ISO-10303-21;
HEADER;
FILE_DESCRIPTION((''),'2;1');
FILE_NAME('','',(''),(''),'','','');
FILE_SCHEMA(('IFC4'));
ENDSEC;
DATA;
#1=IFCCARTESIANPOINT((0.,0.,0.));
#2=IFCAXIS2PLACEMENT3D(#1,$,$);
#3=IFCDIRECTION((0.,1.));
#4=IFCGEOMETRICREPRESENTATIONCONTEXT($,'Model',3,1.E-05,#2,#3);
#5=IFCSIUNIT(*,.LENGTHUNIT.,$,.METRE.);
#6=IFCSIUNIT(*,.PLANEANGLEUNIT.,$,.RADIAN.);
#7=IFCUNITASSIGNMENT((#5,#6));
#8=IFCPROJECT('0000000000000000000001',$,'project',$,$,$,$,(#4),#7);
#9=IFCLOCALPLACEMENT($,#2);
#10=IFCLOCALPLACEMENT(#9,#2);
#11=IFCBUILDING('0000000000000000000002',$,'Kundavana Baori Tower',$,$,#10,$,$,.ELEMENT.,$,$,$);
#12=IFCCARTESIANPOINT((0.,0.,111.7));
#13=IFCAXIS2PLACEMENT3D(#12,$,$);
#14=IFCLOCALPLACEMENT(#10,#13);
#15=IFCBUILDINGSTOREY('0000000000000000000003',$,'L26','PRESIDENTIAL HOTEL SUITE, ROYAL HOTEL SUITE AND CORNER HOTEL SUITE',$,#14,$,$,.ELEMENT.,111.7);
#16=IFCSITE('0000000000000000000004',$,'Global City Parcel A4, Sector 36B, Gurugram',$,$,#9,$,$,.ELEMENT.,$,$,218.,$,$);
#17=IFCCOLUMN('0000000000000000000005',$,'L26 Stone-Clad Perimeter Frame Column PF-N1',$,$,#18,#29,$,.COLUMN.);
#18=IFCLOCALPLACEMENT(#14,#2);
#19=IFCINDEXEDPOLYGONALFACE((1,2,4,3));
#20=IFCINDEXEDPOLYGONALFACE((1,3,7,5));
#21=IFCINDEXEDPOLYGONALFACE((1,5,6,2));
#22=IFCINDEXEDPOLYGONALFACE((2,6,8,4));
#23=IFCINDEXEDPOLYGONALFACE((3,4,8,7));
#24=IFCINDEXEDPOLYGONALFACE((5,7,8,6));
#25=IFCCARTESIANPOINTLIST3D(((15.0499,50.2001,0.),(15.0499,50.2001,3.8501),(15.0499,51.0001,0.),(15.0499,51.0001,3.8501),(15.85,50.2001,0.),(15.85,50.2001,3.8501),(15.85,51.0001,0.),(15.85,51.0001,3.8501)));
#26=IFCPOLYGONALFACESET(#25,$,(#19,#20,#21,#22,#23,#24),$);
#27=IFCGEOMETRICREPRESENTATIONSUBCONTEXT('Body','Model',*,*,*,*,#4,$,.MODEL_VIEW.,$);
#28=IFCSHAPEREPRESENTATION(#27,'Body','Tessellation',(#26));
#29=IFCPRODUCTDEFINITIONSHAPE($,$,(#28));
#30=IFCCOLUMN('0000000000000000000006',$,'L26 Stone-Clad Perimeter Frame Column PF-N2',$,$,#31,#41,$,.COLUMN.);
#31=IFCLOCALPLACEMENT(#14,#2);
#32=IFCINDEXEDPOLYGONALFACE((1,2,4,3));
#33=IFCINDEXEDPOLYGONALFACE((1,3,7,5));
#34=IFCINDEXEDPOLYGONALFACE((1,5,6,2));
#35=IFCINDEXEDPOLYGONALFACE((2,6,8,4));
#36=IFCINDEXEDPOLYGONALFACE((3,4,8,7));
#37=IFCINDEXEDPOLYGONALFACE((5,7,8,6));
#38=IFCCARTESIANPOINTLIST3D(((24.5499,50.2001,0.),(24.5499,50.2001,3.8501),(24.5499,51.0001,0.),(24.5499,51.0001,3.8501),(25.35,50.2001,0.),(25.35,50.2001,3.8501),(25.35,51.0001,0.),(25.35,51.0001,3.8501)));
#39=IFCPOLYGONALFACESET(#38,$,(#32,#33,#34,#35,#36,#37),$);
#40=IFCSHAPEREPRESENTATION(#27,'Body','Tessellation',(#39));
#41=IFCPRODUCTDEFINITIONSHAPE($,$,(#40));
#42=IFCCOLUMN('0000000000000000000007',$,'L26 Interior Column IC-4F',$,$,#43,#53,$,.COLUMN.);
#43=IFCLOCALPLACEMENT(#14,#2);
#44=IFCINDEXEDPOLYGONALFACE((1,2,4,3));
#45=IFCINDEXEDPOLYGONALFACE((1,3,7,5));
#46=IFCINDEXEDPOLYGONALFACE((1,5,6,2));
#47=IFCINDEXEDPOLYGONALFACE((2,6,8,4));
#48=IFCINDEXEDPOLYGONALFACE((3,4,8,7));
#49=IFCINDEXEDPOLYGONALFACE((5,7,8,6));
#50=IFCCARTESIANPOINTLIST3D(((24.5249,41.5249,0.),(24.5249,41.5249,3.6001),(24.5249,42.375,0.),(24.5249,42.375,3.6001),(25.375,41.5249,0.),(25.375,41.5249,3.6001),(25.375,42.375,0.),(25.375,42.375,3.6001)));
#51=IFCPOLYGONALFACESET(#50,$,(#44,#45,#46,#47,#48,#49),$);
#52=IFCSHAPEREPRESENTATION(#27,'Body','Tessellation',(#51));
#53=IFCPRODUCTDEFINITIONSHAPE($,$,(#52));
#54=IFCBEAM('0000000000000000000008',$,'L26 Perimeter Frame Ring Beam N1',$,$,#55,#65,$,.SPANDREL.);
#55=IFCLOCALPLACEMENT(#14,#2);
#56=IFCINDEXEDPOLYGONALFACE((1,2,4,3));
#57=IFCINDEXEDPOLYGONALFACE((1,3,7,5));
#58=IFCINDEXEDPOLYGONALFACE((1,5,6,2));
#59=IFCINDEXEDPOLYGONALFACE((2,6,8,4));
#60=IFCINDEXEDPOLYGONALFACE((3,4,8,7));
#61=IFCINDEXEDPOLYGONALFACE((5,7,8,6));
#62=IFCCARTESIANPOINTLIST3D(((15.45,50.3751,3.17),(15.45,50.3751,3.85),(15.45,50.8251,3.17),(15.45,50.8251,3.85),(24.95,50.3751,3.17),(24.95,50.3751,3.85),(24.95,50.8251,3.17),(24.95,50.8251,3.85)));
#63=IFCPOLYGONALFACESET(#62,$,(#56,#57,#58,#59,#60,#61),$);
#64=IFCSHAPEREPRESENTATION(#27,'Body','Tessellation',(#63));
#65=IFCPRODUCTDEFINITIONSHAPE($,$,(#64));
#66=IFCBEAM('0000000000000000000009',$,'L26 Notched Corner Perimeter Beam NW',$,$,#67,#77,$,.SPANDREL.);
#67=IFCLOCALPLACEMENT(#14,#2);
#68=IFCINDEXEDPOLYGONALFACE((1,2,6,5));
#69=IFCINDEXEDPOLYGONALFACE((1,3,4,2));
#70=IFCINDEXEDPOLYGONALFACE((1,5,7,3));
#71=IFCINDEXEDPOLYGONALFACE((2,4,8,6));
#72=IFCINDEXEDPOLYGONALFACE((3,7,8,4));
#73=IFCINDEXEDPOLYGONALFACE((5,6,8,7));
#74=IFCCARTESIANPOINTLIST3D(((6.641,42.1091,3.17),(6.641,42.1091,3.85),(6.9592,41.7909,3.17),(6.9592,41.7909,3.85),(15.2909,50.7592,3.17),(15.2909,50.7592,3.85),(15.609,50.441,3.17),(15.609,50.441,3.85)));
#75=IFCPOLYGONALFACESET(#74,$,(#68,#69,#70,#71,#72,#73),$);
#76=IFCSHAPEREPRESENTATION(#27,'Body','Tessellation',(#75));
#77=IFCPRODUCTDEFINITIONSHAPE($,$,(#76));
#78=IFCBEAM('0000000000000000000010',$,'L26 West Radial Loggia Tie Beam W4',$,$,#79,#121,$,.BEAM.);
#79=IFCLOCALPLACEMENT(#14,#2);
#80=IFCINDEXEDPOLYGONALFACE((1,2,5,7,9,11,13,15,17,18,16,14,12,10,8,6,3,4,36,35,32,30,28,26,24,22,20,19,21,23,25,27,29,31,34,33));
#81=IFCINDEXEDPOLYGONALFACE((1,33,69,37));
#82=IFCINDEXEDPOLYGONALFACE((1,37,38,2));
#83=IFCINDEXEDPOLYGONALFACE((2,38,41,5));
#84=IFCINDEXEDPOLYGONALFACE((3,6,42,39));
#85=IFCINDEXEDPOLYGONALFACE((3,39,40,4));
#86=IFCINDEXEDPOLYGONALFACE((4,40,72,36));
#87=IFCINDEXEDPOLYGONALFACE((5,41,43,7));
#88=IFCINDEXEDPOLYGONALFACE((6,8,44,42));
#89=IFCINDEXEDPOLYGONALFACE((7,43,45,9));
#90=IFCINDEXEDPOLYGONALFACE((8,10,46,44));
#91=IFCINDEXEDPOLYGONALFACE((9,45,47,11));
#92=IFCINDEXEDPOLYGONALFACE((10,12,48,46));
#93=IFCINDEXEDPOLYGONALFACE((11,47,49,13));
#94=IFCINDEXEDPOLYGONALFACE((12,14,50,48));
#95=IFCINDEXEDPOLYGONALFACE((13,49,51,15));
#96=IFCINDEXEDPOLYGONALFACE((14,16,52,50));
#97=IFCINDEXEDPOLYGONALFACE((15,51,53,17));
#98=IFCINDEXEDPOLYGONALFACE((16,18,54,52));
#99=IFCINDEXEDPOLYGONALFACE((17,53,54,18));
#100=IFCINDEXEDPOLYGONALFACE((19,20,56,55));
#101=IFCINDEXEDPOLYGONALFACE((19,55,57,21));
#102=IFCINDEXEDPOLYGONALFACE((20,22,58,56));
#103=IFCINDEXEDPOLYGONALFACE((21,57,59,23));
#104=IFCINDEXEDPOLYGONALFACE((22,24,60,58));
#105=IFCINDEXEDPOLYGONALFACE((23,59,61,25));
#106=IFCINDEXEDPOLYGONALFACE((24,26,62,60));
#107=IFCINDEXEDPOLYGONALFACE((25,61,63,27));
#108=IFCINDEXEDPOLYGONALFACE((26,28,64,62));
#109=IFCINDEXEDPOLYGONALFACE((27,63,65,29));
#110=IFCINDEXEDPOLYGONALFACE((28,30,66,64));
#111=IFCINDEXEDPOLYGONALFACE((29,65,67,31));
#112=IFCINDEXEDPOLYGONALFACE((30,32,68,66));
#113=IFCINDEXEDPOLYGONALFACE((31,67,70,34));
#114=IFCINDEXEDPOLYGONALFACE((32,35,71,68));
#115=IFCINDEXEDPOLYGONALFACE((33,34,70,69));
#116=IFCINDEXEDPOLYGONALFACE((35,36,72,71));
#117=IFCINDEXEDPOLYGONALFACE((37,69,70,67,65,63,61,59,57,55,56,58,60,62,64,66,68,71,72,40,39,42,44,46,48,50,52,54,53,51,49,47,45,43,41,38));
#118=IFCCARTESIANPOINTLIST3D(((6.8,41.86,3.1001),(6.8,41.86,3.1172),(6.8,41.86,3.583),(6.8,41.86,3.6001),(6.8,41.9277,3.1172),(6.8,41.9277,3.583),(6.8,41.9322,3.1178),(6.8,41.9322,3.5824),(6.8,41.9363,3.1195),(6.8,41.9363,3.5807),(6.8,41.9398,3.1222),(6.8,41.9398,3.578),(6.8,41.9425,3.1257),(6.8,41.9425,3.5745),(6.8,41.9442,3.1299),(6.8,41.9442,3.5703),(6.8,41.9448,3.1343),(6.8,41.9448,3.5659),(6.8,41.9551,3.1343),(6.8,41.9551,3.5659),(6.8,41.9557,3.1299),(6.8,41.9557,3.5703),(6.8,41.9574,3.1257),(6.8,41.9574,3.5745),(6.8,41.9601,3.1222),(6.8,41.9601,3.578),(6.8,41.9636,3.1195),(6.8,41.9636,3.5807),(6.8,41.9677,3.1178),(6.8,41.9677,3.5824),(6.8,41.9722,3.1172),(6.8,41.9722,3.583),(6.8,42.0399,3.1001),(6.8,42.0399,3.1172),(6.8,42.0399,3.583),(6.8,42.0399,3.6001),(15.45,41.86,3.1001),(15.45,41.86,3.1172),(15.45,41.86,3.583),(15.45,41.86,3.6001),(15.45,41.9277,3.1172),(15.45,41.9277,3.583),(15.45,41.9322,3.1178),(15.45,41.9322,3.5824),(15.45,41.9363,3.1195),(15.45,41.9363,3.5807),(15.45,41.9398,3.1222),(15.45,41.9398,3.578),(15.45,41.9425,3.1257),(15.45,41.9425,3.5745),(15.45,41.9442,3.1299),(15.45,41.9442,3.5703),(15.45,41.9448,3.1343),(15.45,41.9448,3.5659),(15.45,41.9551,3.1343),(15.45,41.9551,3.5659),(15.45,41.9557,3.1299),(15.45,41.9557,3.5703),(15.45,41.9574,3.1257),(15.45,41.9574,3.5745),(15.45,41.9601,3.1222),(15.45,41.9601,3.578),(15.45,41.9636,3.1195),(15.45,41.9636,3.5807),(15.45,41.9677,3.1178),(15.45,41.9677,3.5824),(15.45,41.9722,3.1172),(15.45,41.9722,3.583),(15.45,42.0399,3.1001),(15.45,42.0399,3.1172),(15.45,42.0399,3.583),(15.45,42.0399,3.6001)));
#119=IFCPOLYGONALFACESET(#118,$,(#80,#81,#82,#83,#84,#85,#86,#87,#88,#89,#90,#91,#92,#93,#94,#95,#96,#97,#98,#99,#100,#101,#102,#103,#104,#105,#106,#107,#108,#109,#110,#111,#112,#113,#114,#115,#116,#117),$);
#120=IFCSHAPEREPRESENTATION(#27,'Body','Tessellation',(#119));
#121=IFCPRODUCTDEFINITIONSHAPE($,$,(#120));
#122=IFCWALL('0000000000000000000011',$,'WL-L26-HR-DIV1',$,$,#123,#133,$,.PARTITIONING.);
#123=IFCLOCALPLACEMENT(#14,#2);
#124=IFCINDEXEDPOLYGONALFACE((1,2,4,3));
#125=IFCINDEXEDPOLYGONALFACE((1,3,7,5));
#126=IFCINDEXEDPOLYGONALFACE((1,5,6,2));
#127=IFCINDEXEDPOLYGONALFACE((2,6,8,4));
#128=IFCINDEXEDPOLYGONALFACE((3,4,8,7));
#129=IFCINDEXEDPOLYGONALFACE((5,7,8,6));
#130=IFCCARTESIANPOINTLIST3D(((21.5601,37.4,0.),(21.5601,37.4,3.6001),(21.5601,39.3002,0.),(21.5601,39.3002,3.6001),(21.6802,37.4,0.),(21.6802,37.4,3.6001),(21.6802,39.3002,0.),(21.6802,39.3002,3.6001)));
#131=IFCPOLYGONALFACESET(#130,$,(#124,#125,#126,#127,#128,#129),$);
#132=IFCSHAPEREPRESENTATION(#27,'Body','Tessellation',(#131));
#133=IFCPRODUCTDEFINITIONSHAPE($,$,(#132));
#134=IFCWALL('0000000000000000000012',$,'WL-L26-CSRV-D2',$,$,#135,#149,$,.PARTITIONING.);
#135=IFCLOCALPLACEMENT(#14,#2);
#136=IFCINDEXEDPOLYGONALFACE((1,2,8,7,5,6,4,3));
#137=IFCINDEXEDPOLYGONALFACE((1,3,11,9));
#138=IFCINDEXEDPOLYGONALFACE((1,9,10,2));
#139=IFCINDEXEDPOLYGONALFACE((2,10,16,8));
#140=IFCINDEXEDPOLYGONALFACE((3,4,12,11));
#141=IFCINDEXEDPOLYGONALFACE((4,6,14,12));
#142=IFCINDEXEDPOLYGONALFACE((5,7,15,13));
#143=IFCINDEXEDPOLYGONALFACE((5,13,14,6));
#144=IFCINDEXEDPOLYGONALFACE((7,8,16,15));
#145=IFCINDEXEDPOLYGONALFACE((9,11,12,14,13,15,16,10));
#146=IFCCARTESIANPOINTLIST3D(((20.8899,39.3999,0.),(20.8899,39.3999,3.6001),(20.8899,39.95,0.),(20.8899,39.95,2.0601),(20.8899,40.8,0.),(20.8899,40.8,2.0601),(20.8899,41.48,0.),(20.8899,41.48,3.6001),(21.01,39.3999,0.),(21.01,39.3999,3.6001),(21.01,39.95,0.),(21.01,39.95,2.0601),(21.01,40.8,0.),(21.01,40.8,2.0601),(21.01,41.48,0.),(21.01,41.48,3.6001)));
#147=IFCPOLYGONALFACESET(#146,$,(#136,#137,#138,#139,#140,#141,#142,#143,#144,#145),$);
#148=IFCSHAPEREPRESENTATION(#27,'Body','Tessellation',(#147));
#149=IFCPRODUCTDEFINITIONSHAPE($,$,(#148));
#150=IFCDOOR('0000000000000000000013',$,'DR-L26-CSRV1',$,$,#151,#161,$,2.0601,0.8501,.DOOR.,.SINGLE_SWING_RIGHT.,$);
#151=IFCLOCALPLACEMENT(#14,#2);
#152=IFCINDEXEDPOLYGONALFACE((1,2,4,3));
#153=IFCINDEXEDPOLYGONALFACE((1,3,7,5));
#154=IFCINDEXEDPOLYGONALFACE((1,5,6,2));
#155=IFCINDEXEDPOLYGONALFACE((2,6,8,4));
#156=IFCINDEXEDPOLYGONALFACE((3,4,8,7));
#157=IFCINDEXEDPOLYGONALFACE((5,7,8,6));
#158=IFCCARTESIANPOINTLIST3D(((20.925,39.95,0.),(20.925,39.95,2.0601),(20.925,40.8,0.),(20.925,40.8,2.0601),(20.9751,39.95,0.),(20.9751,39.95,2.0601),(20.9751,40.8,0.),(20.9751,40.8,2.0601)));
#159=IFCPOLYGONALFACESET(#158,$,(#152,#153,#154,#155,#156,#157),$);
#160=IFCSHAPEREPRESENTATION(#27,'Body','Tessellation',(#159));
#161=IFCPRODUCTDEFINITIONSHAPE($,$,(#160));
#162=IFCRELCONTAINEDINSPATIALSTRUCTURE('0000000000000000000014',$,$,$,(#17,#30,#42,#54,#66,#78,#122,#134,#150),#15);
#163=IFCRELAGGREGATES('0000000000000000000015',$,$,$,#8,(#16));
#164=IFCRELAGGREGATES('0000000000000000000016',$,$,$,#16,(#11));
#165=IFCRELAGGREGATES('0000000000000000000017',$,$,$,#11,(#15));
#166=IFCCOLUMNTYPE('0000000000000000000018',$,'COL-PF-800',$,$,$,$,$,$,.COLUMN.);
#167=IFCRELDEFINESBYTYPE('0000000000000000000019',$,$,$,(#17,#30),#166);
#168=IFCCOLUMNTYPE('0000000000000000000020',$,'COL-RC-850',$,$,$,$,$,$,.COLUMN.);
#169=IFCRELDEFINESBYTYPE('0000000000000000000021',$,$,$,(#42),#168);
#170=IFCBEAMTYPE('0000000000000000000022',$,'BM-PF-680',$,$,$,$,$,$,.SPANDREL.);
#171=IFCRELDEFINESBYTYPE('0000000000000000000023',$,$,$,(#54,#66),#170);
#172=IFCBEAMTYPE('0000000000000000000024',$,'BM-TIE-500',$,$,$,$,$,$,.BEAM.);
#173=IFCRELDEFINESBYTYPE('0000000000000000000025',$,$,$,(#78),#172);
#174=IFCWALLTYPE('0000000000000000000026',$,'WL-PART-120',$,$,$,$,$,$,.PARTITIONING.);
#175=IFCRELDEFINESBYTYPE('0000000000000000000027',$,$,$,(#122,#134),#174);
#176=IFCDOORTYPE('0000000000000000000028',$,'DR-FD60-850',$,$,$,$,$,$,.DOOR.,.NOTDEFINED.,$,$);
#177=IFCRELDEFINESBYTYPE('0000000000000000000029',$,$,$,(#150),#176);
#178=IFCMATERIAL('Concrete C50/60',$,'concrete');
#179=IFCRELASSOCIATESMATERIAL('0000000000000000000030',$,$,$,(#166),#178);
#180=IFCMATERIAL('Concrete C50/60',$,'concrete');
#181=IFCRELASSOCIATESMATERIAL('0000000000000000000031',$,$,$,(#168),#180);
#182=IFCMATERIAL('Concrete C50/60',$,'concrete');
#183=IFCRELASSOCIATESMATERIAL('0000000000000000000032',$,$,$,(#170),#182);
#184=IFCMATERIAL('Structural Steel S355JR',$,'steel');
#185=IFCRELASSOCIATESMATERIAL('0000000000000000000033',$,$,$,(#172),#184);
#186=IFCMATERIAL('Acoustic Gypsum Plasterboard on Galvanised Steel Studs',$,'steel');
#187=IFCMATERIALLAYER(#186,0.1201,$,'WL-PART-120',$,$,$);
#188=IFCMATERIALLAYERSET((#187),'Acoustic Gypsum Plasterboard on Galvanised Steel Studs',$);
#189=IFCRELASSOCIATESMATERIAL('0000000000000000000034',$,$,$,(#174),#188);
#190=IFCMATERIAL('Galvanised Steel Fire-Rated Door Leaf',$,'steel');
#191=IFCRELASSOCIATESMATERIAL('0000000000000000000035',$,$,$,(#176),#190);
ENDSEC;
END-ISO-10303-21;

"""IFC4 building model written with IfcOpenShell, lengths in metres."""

from ifc_helpers import new_model, si_unit, direction, frame, frame_2d, origin, origin_2d, place, context, subcontext, project, spatial, rectangle, i_section, extrude, material, layer, layer_set, material_profile, profile_set, type_object, element, fill, save


model = new_model("IFC4")

# Units and contexts
model_context = context("Model", 3, precision=1e-05, world=origin(), true_north=direction((0.0, 1.0)))
body_context = subcontext(model_context, "Body", "Model", "MODEL_VIEW")
ifc_project = project(units=[si_unit("LENGTHUNIT", "METRE"), si_unit("PLANEANGLEUNIT", "RADIAN")], contexts=[model_context])

# Site, building, storey
site_placement = place(None, origin())
site = spatial("IfcSite", under=ifc_project, at=site_placement, Name="Global City Parcel A4, Sector 36B, Gurugram", CompositionType="ELEMENT", RefElevation=218.0)
building_placement = place(site_placement, origin())
building = spatial("IfcBuilding", under=site, at=building_placement, Name="Kundavana Baori Tower", CompositionType="ELEMENT")
storey_placement = place(building_placement, frame((0.0, 0.0, 111.7)))
storey = spatial("IfcBuildingStorey", under=building, at=storey_placement, Name="L26", Description="PRESIDENTIAL HOTEL SUITE, ROYAL HOTEL SUITE AND CORNER HOTEL SUITE", CompositionType="ELEMENT", Elevation=111.7)

# Columns
ifc_material_1 = material(Name="Concrete C50/60", Category="concrete")
ifc_material_profile_1 = material_profile(ifc_material_1, rectangle(XDim=0.8, YDim=0.8, at=origin_2d()), Name="RC PF 800x800")
ifc_profile_set_1 = profile_set([ifc_material_profile_1], Name="Concrete C50/60")
column_type_1 = type_object("IfcColumnType", Name="COL-PF-800", PredefinedType="COLUMN", material=ifc_profile_set_1)
for number, where, z_axis, x_axis, name in (
    (1, (15.45, 50.6001, 0.0), (0.0, 0.0, 1.0), (1.0, 0.0, 0.0), "L26 Stone-Clad Perimeter Frame Column PF-N1"),
    (2, (24.95, 50.6001, 0.0), (0.0, 0.0, 1.0), (1.0, 0.0, 0.0), "L26 Stone-Clad Perimeter Frame Column PF-N2"),
):
    element("IfcColumn", number, at=place(storey_placement, frame(where, z_axis=z_axis, x_axis=x_axis)), inside=storey, type_object=column_type_1, Name=name, PredefinedType="COLUMN", context=body_context, shape_type="SweptSolid", body=[
        extrude(rectangle(XDim=0.8, YDim=0.8, at=origin_2d()), origin(), (0.0, 0.0, 1.0), 3.8501),
    ])
ifc_material_2 = material(Name="Concrete C50/60", Category="concrete")
ifc_material_profile_2 = material_profile(ifc_material_2, rectangle(XDim=0.8501, YDim=0.8501, at=origin_2d()), Name="RC 850x850")
ifc_profile_set_2 = profile_set([ifc_material_profile_2], Name="Concrete C50/60")
column_type_2 = type_object("IfcColumnType", Name="COL-RC-850", PredefinedType="COLUMN", material=ifc_profile_set_2)
column_placement = place(storey_placement, frame((24.95, 41.95, 0.0), z_axis=(0.0, 0.0, 1.0), x_axis=(1.0, 0.0, 0.0)))
element("IfcColumn", 3, at=column_placement, inside=storey, type_object=column_type_2, Name="L26 Interior Column IC-4F", PredefinedType="COLUMN", context=body_context, shape_type="SweptSolid", body=[
    extrude(rectangle(XDim=0.8501, YDim=0.8501, at=origin_2d()), origin(), (0.0, 0.0, 1.0), 3.6001),
])

# Beams
ifc_material_3 = material(Name="Concrete C50/60", Category="concrete")
ifc_material_profile_3 = material_profile(ifc_material_3, rectangle(XDim=0.45, YDim=0.6799, at=origin_2d()), Name="RC BM 450x680")
ifc_profile_set_3 = profile_set([ifc_material_profile_3], Name="Concrete C50/60")
beam_type_1 = type_object("IfcBeamType", Name="BM-PF-680", PredefinedType="SPANDREL", material=ifc_profile_set_3)
beam_1_placement = place(storey_placement, frame((15.45, 50.6001, 3.51), z_axis=(1.0, 0.0, 0.0), x_axis=(0.0, 1.0, 0.0)))
element("IfcBeam", 4, at=beam_1_placement, inside=storey, type_object=beam_type_1, Name="L26 Perimeter Frame Ring Beam N1", PredefinedType="SPANDREL", context=body_context, shape_type="SweptSolid", body=[
    extrude(rectangle(XDim=0.45, YDim=0.6799, at=origin_2d()), origin(), (0.0, 0.0, 1.0), 9.5),
])
beam_2_placement = place(storey_placement, frame((15.45, 50.6001, 3.51), z_axis=(-0.707097, -0.707117, 0.0), x_axis=(0.707117, -0.707097, 0.0)))
element("IfcBeam", 5, at=beam_2_placement, inside=storey, type_object=beam_type_1, Name="L26 Notched Corner Perimeter Beam NW", PredefinedType="SPANDREL", context=body_context, shape_type="SweptSolid", body=[
    extrude(rectangle(XDim=0.45, YDim=0.6799, at=origin_2d()), origin(), (0.0, 0.0, 1.0), 12.2329),
])
ifc_material_4 = material(Name="Structural Steel S355JR", Category="steel")
ifc_material_profile_4 = material_profile(ifc_material_4, i_section(OverallWidth=0.1799, OverallDepth=0.5, WebThickness=0.0103, FlangeThickness=0.0171, FilletRadius=0.0171, at=origin_2d()), Name="ISMB 500")
ifc_profile_set_4 = profile_set([ifc_material_profile_4], Name="Structural Steel S355JR")
beam_type_2 = type_object("IfcBeamType", Name="BM-TIE-500", PredefinedType="BEAM", material=ifc_profile_set_4)
beam_3_placement = place(storey_placement, frame((15.45, 41.95, 3.3501), z_axis=(-1.0, 0.0, 0.0), x_axis=(0.0, -1.0, 0.0)))
element("IfcBeam", 6, at=beam_3_placement, inside=storey, type_object=beam_type_2, Name="L26 West Radial Loggia Tie Beam W4", PredefinedType="BEAM", context=body_context, shape_type="SweptSolid", body=[
    extrude(i_section(OverallWidth=0.1799, OverallDepth=0.5, WebThickness=0.0103, FlangeThickness=0.0171, FilletRadius=0.0171, at=origin_2d()), origin(), (0.0, 0.0, 1.0), 8.6499),
])

# Wall
ifc_material_5 = material(Name="Acoustic Gypsum Plasterboard on Galvanised Steel Studs", Category="steel")
ifc_layer_1 = layer(ifc_material_5, 0.1201, Name="WL-PART-120")
ifc_layer_set_1 = layer_set([ifc_layer_1], Name="Acoustic Gypsum Plasterboard on Galvanised Steel Studs")
wall_type_1 = type_object("IfcWallType", Name="WL-PART-120", PredefinedType="PARTITIONING", material=ifc_layer_set_1)
wall_1_placement = place(storey_placement, frame((21.6201, 37.3999, 0.0), z_axis=(0.0, 0.0, 1.0), x_axis=(0.0, 1.0, 0.0)))
element("IfcWall", 7, at=wall_1_placement, inside=storey, type_object=wall_type_1, Name="WL-L26-HR-DIV1", PredefinedType="PARTITIONING", context=body_context, shape_type="SweptSolid", body=[
    extrude(rectangle(XDim=1.9001, YDim=0.1201, at=frame_2d((0.9502, 0.0))), origin(), (0.0, 0.0, 1.0), 3.6001),
])

# Wall, opening, door
wall_2_placement = place(storey_placement, frame((20.95, 39.3999, 0.0), z_axis=(0.0, 0.0, 1.0), x_axis=(0.0, 1.0, 0.0)))
wall_2 = element("IfcWall", 8, at=wall_2_placement, inside=storey, type_object=wall_type_1, Name="WL-L26-CSRV-D2", PredefinedType="PARTITIONING", context=body_context, shape_type="SweptSolid", body=[
    extrude(rectangle(XDim=2.0801, YDim=0.1201, at=frame_2d((1.04, 0.0))), origin(), (0.0, 0.0, 1.0), 3.6001),
])
opening_1_placement = place(wall_2_placement, frame((0.55, 0.0, 0.0)))
opening_1 = element("IfcOpeningElement", 9, at=opening_1_placement, cuts=wall_2, PredefinedType="OPENING", context=body_context, shape_type="SweptSolid", body=[
    extrude(rectangle(XDim=0.8501, YDim=2.0601, at=frame_2d((0.425, 1.03))), frame((0.0, 0.0701, 0.0), z_axis=(0.0, -1.0, 0.0), x_axis=(1.0, 0.0, 0.0)), (0.0, 0.0, 1.0), 0.1401),
])
ifc_material_6 = material(Name="Galvanised Steel Fire-Rated Door Leaf", Category="steel")
door_type_1 = type_object("IfcDoorType", Name="DR-FD60-850", OperationType="NOTDEFINED", PredefinedType="DOOR", material=ifc_material_6)
door_1_placement = place(opening_1_placement, origin())
door_1 = element("IfcDoor", 10, at=door_1_placement, inside=storey, type_object=door_type_1, Name="DR-L26-CSRV1", OperationType="SINGLE_SWING_RIGHT", OverallHeight=2.0601, OverallWidth=0.8501, PredefinedType="DOOR", context=body_context, shape_type="SweptSolid", body=[
    extrude(rectangle(XDim=0.8501, YDim=2.0601, at=frame_2d((0.425, 1.03))), frame((0.0, 0.0249, 0.0), z_axis=(0.0, -1.0, 0.0), x_axis=(1.0, 0.0, 0.0)), (0.0, 0.0, 1.0), 0.05),
])
fill(opening_1, door_1)

save(model, "model.ifc")
